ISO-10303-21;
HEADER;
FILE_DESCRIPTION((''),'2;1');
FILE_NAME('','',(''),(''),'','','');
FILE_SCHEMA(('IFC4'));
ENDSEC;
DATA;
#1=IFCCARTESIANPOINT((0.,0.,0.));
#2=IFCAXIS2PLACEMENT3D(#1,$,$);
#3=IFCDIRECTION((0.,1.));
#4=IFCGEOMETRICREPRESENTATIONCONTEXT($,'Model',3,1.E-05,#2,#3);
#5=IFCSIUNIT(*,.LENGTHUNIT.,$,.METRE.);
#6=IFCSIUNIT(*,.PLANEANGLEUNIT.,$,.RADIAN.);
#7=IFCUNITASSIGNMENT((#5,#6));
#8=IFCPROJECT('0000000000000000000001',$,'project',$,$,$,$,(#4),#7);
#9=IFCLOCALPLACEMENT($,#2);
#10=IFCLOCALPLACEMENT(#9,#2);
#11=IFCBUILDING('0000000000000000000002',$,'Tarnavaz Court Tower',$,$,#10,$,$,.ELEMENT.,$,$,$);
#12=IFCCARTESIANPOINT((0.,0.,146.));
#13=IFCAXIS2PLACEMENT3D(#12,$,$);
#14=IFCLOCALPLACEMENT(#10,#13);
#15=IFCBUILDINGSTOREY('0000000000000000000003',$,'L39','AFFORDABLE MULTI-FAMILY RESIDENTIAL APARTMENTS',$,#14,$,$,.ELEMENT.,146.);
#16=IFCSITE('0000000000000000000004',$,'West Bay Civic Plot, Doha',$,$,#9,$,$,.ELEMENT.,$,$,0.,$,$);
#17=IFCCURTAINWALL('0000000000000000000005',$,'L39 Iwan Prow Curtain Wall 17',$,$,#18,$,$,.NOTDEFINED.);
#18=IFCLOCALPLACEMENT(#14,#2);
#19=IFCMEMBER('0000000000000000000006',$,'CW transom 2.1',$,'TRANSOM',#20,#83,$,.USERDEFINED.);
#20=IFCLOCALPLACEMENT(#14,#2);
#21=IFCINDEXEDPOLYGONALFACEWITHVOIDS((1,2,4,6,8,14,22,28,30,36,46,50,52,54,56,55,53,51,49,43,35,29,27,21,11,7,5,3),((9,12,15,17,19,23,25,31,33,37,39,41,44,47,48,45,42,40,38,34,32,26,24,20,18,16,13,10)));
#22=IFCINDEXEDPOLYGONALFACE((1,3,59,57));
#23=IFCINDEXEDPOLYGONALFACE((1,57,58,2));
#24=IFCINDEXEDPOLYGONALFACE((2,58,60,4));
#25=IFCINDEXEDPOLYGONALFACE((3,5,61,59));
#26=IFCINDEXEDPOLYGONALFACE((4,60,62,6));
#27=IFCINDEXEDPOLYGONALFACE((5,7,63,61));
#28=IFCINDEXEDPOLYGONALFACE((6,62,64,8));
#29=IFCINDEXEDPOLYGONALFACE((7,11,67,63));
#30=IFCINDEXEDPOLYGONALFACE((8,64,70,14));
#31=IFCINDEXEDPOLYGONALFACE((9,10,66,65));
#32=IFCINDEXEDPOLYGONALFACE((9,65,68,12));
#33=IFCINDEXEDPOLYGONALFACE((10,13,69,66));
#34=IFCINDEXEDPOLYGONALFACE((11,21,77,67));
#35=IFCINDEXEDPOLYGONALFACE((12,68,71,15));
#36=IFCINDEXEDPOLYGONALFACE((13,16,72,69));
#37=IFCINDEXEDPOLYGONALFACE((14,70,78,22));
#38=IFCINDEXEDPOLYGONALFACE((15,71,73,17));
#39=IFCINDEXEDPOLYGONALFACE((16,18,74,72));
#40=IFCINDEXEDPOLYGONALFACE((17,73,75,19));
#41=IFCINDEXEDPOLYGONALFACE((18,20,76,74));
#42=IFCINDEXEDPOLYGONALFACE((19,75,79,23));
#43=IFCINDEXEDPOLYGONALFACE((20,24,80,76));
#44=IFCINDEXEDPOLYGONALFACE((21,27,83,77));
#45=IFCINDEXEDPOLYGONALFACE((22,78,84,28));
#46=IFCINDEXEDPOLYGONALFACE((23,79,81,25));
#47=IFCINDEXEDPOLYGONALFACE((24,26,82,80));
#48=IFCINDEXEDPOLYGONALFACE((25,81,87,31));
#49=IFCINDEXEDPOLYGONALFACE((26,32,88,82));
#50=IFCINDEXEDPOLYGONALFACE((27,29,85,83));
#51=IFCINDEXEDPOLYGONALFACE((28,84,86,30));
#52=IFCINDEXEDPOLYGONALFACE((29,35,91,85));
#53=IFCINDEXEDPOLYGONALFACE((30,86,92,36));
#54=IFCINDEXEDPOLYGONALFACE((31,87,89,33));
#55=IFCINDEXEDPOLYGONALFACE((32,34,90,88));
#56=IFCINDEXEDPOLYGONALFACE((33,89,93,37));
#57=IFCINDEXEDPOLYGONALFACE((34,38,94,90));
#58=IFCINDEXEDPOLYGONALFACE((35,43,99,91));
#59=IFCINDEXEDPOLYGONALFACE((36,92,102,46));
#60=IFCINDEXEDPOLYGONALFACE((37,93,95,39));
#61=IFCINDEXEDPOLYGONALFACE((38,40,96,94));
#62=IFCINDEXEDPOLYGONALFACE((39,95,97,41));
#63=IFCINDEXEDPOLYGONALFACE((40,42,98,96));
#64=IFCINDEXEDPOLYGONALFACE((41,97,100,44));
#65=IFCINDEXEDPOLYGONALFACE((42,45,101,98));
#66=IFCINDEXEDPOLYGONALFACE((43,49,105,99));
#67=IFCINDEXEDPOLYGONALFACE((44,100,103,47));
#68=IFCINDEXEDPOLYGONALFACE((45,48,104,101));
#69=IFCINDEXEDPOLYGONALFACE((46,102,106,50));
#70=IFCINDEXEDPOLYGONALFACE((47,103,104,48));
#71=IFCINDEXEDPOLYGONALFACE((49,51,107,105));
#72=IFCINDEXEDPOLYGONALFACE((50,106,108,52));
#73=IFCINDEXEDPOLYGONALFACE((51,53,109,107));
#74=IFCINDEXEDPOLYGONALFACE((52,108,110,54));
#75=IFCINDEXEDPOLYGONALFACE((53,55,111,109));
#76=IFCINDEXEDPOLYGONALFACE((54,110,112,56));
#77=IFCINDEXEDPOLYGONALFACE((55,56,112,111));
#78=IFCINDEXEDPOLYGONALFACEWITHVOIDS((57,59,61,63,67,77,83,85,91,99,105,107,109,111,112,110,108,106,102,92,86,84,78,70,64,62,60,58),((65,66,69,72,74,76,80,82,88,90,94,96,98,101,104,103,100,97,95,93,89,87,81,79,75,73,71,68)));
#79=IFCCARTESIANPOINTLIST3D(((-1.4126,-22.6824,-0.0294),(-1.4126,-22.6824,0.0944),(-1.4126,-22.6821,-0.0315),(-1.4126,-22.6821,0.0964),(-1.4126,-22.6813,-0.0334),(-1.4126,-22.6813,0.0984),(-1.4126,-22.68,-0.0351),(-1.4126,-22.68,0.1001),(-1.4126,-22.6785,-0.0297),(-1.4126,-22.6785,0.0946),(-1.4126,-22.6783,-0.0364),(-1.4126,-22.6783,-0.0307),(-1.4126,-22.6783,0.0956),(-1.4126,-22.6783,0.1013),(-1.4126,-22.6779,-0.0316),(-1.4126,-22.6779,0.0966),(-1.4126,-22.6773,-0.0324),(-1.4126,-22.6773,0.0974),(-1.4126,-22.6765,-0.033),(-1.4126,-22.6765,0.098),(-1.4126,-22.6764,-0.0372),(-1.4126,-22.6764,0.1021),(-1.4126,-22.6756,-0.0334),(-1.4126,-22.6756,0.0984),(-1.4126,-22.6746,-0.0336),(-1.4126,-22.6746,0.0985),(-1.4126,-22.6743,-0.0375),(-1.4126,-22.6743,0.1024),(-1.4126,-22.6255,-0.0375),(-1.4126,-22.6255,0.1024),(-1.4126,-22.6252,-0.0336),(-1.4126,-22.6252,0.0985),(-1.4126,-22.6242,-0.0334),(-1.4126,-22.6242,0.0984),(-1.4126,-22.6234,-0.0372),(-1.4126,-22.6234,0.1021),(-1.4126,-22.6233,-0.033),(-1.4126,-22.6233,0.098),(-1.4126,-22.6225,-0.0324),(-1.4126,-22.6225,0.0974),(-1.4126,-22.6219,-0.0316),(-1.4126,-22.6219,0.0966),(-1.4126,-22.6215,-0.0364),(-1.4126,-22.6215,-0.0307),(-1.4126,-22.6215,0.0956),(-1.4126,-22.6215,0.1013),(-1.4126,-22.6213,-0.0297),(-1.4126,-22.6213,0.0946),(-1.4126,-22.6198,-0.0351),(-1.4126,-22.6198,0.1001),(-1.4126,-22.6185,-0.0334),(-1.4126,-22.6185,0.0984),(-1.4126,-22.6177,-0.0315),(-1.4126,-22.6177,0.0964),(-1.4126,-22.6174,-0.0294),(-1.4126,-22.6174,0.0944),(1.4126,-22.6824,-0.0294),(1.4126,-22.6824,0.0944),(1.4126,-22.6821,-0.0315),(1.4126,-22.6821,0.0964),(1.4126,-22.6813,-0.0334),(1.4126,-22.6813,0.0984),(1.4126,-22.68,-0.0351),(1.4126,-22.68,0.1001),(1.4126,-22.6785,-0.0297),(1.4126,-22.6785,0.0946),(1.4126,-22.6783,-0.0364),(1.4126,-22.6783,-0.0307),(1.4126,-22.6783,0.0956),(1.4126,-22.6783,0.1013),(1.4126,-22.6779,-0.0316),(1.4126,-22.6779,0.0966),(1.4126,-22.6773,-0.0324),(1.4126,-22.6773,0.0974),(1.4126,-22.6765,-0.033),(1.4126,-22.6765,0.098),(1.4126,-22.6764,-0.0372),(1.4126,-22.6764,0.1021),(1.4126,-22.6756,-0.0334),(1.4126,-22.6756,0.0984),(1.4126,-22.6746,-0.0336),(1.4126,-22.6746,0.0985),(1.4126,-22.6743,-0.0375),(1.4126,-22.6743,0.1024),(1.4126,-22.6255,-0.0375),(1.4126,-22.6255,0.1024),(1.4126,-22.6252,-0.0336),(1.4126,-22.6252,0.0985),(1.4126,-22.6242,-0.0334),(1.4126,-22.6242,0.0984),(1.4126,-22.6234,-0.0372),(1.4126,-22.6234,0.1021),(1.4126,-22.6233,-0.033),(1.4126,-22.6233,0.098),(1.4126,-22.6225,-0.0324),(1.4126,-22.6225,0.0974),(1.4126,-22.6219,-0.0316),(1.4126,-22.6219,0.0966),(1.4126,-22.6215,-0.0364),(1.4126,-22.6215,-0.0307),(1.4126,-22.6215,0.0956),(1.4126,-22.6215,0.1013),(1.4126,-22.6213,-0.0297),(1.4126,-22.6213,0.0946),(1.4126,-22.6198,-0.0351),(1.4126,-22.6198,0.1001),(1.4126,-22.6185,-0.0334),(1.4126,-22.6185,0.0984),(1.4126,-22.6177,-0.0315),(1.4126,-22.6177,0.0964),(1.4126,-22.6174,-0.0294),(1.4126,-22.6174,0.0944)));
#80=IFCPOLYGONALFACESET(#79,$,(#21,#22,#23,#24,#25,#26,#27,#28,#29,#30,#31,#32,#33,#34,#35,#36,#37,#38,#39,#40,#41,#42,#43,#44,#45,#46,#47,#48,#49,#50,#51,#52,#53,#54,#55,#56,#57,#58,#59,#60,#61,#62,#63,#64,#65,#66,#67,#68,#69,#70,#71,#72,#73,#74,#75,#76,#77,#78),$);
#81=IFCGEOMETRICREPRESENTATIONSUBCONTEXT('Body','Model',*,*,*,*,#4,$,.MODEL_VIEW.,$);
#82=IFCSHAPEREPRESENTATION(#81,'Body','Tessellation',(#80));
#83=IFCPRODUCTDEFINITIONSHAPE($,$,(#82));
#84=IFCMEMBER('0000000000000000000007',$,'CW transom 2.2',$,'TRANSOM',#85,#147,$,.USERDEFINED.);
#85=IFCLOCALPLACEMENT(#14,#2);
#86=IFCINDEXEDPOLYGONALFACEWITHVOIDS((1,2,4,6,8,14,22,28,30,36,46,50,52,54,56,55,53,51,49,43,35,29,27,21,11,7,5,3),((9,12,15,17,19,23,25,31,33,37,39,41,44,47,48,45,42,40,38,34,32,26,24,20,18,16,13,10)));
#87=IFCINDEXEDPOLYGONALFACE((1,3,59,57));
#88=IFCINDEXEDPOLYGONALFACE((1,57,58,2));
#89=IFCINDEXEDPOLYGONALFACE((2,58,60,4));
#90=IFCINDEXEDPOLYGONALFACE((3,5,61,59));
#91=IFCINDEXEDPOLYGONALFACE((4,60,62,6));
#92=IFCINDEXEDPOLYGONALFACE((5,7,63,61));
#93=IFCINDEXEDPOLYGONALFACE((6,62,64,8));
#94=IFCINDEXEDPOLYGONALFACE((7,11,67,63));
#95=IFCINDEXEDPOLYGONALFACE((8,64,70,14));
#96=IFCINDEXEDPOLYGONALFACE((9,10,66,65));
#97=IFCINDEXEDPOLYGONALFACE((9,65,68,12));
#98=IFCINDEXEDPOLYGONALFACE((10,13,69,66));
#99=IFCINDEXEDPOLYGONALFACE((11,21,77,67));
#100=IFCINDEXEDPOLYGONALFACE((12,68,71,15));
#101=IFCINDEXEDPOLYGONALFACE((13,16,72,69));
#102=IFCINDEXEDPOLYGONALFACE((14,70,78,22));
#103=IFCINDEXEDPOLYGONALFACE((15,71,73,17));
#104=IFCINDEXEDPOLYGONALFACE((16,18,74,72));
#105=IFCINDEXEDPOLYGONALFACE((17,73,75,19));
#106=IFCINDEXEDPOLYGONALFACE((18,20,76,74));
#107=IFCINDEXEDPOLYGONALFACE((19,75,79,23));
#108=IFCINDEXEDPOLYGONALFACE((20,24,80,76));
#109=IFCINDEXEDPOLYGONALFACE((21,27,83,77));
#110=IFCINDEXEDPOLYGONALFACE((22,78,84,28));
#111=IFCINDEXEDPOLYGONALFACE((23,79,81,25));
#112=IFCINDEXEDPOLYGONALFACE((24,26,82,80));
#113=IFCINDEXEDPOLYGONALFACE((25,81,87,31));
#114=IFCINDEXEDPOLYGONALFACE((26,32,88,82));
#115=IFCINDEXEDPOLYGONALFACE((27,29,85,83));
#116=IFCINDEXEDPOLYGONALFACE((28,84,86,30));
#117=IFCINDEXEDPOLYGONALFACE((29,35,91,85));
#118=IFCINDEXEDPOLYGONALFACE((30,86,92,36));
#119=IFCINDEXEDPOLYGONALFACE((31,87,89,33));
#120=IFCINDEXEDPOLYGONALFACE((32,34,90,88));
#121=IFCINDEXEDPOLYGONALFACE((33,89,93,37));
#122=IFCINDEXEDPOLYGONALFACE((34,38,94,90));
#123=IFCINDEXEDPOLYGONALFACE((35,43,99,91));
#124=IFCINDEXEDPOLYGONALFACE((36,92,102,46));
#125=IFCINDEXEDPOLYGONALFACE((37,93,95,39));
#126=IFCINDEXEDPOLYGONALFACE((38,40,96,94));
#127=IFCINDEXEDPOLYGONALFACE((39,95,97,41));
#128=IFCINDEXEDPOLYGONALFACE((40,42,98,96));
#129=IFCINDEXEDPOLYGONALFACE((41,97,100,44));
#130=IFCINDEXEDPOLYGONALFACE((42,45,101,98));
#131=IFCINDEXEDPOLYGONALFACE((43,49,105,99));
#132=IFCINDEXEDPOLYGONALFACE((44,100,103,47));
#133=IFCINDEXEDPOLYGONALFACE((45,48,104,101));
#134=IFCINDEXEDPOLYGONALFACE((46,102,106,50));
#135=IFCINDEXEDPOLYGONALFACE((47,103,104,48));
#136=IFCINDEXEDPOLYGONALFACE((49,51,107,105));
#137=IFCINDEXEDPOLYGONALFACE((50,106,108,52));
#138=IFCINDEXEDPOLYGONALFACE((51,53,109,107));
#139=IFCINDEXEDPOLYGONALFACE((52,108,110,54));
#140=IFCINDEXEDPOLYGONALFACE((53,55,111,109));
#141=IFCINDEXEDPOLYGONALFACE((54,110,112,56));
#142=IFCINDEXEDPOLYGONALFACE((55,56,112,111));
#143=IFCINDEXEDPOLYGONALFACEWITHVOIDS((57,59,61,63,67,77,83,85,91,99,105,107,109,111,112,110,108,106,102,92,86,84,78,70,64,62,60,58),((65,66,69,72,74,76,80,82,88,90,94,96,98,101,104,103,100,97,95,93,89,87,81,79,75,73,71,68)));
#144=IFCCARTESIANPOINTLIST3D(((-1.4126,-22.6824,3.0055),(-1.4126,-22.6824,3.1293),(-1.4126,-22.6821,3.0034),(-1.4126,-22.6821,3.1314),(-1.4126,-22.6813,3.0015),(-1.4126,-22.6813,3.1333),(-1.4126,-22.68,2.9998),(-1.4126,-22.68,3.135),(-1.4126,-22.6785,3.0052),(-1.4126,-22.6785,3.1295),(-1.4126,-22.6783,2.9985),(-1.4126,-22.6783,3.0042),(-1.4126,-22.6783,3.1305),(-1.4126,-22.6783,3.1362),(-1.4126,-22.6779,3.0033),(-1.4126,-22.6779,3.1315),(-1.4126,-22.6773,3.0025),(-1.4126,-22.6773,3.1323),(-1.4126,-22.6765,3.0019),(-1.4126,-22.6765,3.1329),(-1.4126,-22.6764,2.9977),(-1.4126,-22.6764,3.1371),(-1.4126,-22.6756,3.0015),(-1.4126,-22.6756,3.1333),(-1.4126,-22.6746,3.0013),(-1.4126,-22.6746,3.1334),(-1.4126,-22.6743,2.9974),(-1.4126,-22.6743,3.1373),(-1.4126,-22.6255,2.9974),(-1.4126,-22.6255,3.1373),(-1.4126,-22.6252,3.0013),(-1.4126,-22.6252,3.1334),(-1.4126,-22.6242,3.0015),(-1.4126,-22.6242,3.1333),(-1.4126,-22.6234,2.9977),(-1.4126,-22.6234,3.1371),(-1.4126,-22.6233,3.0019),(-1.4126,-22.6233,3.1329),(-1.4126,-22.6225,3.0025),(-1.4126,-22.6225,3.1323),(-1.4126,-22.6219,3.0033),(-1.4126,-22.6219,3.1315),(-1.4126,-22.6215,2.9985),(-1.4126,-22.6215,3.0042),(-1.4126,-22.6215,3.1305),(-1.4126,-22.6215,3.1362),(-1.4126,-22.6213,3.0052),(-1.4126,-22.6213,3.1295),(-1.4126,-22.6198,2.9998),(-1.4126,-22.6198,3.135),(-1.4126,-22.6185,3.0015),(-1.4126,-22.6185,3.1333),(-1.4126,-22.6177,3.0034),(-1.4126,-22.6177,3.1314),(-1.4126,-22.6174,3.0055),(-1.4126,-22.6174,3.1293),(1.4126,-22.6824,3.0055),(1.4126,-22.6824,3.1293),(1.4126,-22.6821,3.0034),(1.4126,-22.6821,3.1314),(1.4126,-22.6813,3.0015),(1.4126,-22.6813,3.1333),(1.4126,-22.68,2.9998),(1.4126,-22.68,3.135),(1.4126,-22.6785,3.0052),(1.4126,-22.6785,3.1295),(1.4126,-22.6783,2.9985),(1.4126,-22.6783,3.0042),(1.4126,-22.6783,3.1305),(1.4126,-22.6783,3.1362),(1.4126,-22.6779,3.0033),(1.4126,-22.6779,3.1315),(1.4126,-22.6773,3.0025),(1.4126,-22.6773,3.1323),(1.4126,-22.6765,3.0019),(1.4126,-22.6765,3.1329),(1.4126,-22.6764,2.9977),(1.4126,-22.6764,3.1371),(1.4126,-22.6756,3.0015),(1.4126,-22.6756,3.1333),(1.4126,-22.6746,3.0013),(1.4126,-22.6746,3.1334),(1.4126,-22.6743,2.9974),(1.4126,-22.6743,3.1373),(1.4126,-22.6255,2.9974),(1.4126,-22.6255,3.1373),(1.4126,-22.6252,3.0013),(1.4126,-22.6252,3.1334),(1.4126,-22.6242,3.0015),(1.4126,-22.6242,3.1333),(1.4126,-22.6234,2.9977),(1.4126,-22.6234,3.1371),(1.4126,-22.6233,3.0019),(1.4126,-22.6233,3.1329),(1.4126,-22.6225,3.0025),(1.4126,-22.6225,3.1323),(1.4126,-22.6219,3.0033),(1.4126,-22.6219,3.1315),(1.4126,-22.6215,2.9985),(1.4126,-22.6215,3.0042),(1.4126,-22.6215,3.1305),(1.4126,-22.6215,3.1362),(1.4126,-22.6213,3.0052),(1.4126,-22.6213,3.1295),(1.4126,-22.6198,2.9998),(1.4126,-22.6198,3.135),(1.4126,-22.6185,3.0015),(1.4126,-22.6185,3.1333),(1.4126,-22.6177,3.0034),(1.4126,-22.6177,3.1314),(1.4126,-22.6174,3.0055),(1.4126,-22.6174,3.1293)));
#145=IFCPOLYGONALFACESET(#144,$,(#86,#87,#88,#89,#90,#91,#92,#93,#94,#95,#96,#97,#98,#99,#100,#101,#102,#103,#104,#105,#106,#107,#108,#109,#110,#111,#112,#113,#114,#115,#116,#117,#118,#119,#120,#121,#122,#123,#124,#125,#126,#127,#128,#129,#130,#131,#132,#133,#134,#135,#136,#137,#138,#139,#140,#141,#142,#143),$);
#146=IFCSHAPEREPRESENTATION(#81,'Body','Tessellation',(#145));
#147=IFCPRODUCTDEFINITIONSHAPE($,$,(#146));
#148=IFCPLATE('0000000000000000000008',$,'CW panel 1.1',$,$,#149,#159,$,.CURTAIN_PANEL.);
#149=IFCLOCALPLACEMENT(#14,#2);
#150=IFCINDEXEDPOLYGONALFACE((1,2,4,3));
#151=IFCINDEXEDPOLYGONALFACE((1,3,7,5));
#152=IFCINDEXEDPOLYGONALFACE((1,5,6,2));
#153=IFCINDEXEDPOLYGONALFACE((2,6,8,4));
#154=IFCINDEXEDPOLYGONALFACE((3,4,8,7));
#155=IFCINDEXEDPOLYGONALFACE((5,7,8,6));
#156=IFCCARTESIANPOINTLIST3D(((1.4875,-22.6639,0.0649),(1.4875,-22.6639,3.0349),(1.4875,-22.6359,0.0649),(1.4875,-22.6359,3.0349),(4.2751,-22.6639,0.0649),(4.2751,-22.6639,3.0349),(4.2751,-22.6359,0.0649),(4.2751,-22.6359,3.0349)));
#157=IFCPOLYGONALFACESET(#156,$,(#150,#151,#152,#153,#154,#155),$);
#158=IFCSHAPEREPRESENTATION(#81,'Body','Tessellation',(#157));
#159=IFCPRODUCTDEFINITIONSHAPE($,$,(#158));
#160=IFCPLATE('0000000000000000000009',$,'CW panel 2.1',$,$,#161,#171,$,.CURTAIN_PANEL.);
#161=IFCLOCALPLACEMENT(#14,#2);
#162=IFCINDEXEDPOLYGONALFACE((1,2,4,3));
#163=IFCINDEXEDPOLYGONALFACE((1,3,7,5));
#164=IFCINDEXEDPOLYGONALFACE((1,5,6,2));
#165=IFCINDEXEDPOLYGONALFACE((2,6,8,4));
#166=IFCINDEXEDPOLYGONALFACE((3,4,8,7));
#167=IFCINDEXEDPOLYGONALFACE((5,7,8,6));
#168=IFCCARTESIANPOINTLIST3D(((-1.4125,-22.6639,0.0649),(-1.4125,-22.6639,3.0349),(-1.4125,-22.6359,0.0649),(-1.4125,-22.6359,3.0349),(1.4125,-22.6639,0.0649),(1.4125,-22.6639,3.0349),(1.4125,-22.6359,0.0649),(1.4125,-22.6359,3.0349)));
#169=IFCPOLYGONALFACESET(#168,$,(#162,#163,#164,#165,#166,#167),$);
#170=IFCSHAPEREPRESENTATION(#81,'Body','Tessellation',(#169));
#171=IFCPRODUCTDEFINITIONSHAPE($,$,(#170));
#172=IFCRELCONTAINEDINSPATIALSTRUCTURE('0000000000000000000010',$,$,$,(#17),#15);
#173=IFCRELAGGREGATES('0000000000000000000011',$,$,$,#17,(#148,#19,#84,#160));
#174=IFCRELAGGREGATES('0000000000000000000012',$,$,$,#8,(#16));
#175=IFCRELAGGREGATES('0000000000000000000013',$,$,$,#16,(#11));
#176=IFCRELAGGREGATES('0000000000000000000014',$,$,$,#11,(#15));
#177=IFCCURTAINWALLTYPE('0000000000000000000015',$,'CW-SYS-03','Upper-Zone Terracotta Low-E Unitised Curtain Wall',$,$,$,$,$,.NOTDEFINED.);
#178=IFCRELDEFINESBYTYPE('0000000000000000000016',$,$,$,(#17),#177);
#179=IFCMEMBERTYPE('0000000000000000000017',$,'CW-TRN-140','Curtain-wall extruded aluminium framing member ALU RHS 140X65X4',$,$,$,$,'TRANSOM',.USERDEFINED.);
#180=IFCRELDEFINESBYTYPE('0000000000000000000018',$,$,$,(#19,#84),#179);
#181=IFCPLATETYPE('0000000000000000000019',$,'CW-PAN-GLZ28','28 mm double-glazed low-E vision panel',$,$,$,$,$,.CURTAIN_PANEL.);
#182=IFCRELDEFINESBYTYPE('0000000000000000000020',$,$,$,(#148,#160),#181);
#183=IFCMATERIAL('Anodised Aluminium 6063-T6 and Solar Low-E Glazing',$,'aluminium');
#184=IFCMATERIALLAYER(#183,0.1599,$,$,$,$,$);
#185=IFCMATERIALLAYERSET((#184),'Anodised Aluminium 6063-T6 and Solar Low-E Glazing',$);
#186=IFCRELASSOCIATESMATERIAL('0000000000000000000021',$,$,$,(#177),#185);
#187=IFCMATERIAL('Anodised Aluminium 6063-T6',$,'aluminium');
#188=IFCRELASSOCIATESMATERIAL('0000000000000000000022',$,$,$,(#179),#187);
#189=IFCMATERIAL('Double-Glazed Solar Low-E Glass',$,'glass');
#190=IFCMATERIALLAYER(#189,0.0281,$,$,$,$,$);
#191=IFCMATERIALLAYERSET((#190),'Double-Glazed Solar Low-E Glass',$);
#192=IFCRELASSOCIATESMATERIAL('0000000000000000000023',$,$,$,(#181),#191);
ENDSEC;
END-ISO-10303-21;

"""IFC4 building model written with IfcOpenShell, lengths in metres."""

from ifc_helpers import new_model, si_unit, direction, frame, origin, origin_2d, place, context, subcontext, project, spatial, rectangle, hollow_rectangle, extrude, material, layer, layer_set, material_profile, profile_set, type_object, element, aggregate, save


model = new_model("IFC4")

# Units and contexts
model_context = context("Model", 3, precision=1e-05, world=origin(), true_north=direction((0.0, 1.0)))
body_context = subcontext(model_context, "Body", "Model", "MODEL_VIEW")
ifc_project = project(units=[si_unit("LENGTHUNIT", "METRE"), si_unit("PLANEANGLEUNIT", "RADIAN")], contexts=[model_context])

# Site, building, storey
site_placement = place(None, origin())
site = spatial("IfcSite", under=ifc_project, at=site_placement, Name="West Bay Civic Plot, Doha", CompositionType="ELEMENT", RefElevation=0.0)
building_placement = place(site_placement, origin())
building = spatial("IfcBuilding", under=site, at=building_placement, Name="Tarnavaz Court Tower", CompositionType="ELEMENT")
storey_placement = place(building_placement, frame((0.0, 0.0, 146.0)))
storey = spatial("IfcBuildingStorey", under=building, at=storey_placement, Name="L39", Description="AFFORDABLE MULTI-FAMILY RESIDENTIAL APARTMENTS", CompositionType="ELEMENT", Elevation=146.0)

# Curtain wall, members, plates
ifc_material_1 = material(Name="Anodised Aluminium 6063-T6 and Solar Low-E Glazing", Category="aluminium")
ifc_layer_1 = layer(ifc_material_1, 0.1599)
ifc_layer_set_1 = layer_set([ifc_layer_1], Name="Anodised Aluminium 6063-T6 and Solar Low-E Glazing")
curtain_wall_type = type_object("IfcCurtainWallType", Name="CW-SYS-03", Description="Upper-Zone Terracotta Low-E Unitised Curtain Wall", PredefinedType="NOTDEFINED", material=ifc_layer_set_1)
curtain_wall_placement = place(storey_placement, origin())
curtain_wall = element("IfcCurtainWall", 1, at=curtain_wall_placement, inside=storey, type_object=curtain_wall_type, Name="L39 Iwan Prow Curtain Wall 17", PredefinedType="NOTDEFINED")
ifc_material_2 = material(Name="Anodised Aluminium 6063-T6", Category="aluminium")
ifc_material_profile_1 = material_profile(ifc_material_2, hollow_rectangle(XDim=0.0649, YDim=0.1399, WallThickness=0.0039, InnerFilletRadius=0.0039, OuterFilletRadius=0.0081, at=origin_2d()), Name="ALU RHS 140X65X4")
ifc_profile_set_1 = profile_set([ifc_material_profile_1], Name="Anodised Aluminium 6063-T6")
member_type_1 = type_object("IfcMemberType", Name="CW-TRN-140", Description="Curtain-wall extruded aluminium framing member ALU RHS 140X65X4", ElementType="TRANSOM", PredefinedType="USERDEFINED", material=ifc_profile_set_1)
member_1_placement = place(storey_placement, frame((1.4126, -22.6499, 0.0325), z_axis=(-1.0, 0.0, 0.0), x_axis=(0.0, -1.0, 0.0)))
member_1 = element("IfcMember", 2, at=member_1_placement, type_object=member_type_1, Name="CW transom 2.1", ObjectType="TRANSOM", PredefinedType="USERDEFINED", context=body_context, shape_type="SweptSolid", body=[
    extrude(hollow_rectangle(XDim=0.0649, YDim=0.1399, WallThickness=0.0039, InnerFilletRadius=0.0039, OuterFilletRadius=0.0081, at=origin_2d()), origin(), (0.0, 0.0, 1.0), 2.8252),
])
member_2_placement = place(storey_placement, frame((1.4126, -22.6499, 3.0674), z_axis=(-1.0, 0.0, 0.0), x_axis=(0.0, -1.0, 0.0)))
member_2 = element("IfcMember", 3, at=member_2_placement, type_object=member_type_1, Name="CW transom 2.2", ObjectType="TRANSOM", PredefinedType="USERDEFINED", context=body_context, shape_type="SweptSolid", body=[
    extrude(hollow_rectangle(XDim=0.0649, YDim=0.1399, WallThickness=0.0039, InnerFilletRadius=0.0039, OuterFilletRadius=0.0081, at=origin_2d()), origin(), (0.0, 0.0, 1.0), 2.8252),
])
ifc_material_3 = material(Name="Double-Glazed Solar Low-E Glass", Category="glass")
ifc_layer_2 = layer(ifc_material_3, 0.0281)
ifc_layer_set_2 = layer_set([ifc_layer_2], Name="Double-Glazed Solar Low-E Glass")
plate_type = type_object("IfcPlateType", Name="CW-PAN-GLZ28", Description="28 mm double-glazed low-E vision panel", PredefinedType="CURTAIN_PANEL", material=ifc_layer_set_2)
plate_1_placement = place(storey_placement, frame((2.8813, -22.6499, 0.0649), z_axis=(0.0, 0.0, 1.0), x_axis=(-1.0, 0.0, 0.0)))
plate_1 = element("IfcPlate", 4, at=plate_1_placement, type_object=plate_type, Name="CW panel 1.1", PredefinedType="CURTAIN_PANEL", context=body_context, shape_type="SweptSolid", body=[
    extrude(rectangle(XDim=2.7876, YDim=0.0281, at=origin_2d()), origin(), (0.0, 0.0, 1.0), 2.97),
])
plate_2_placement = place(storey_placement, frame((0.0, -22.6499, 0.0649), z_axis=(0.0, 0.0, 1.0), x_axis=(-1.0, 0.0, 0.0)))
plate_2 = element("IfcPlate", 5, at=plate_2_placement, type_object=plate_type, Name="CW panel 2.1", PredefinedType="CURTAIN_PANEL", context=body_context, shape_type="SweptSolid", body=[
    extrude(rectangle(XDim=2.825, YDim=0.0281, at=origin_2d()), origin(), (0.0, 0.0, 1.0), 2.97),
])
aggregate(curtain_wall, [plate_1, member_1, member_2, plate_2])

save(model, "model.ifc")
